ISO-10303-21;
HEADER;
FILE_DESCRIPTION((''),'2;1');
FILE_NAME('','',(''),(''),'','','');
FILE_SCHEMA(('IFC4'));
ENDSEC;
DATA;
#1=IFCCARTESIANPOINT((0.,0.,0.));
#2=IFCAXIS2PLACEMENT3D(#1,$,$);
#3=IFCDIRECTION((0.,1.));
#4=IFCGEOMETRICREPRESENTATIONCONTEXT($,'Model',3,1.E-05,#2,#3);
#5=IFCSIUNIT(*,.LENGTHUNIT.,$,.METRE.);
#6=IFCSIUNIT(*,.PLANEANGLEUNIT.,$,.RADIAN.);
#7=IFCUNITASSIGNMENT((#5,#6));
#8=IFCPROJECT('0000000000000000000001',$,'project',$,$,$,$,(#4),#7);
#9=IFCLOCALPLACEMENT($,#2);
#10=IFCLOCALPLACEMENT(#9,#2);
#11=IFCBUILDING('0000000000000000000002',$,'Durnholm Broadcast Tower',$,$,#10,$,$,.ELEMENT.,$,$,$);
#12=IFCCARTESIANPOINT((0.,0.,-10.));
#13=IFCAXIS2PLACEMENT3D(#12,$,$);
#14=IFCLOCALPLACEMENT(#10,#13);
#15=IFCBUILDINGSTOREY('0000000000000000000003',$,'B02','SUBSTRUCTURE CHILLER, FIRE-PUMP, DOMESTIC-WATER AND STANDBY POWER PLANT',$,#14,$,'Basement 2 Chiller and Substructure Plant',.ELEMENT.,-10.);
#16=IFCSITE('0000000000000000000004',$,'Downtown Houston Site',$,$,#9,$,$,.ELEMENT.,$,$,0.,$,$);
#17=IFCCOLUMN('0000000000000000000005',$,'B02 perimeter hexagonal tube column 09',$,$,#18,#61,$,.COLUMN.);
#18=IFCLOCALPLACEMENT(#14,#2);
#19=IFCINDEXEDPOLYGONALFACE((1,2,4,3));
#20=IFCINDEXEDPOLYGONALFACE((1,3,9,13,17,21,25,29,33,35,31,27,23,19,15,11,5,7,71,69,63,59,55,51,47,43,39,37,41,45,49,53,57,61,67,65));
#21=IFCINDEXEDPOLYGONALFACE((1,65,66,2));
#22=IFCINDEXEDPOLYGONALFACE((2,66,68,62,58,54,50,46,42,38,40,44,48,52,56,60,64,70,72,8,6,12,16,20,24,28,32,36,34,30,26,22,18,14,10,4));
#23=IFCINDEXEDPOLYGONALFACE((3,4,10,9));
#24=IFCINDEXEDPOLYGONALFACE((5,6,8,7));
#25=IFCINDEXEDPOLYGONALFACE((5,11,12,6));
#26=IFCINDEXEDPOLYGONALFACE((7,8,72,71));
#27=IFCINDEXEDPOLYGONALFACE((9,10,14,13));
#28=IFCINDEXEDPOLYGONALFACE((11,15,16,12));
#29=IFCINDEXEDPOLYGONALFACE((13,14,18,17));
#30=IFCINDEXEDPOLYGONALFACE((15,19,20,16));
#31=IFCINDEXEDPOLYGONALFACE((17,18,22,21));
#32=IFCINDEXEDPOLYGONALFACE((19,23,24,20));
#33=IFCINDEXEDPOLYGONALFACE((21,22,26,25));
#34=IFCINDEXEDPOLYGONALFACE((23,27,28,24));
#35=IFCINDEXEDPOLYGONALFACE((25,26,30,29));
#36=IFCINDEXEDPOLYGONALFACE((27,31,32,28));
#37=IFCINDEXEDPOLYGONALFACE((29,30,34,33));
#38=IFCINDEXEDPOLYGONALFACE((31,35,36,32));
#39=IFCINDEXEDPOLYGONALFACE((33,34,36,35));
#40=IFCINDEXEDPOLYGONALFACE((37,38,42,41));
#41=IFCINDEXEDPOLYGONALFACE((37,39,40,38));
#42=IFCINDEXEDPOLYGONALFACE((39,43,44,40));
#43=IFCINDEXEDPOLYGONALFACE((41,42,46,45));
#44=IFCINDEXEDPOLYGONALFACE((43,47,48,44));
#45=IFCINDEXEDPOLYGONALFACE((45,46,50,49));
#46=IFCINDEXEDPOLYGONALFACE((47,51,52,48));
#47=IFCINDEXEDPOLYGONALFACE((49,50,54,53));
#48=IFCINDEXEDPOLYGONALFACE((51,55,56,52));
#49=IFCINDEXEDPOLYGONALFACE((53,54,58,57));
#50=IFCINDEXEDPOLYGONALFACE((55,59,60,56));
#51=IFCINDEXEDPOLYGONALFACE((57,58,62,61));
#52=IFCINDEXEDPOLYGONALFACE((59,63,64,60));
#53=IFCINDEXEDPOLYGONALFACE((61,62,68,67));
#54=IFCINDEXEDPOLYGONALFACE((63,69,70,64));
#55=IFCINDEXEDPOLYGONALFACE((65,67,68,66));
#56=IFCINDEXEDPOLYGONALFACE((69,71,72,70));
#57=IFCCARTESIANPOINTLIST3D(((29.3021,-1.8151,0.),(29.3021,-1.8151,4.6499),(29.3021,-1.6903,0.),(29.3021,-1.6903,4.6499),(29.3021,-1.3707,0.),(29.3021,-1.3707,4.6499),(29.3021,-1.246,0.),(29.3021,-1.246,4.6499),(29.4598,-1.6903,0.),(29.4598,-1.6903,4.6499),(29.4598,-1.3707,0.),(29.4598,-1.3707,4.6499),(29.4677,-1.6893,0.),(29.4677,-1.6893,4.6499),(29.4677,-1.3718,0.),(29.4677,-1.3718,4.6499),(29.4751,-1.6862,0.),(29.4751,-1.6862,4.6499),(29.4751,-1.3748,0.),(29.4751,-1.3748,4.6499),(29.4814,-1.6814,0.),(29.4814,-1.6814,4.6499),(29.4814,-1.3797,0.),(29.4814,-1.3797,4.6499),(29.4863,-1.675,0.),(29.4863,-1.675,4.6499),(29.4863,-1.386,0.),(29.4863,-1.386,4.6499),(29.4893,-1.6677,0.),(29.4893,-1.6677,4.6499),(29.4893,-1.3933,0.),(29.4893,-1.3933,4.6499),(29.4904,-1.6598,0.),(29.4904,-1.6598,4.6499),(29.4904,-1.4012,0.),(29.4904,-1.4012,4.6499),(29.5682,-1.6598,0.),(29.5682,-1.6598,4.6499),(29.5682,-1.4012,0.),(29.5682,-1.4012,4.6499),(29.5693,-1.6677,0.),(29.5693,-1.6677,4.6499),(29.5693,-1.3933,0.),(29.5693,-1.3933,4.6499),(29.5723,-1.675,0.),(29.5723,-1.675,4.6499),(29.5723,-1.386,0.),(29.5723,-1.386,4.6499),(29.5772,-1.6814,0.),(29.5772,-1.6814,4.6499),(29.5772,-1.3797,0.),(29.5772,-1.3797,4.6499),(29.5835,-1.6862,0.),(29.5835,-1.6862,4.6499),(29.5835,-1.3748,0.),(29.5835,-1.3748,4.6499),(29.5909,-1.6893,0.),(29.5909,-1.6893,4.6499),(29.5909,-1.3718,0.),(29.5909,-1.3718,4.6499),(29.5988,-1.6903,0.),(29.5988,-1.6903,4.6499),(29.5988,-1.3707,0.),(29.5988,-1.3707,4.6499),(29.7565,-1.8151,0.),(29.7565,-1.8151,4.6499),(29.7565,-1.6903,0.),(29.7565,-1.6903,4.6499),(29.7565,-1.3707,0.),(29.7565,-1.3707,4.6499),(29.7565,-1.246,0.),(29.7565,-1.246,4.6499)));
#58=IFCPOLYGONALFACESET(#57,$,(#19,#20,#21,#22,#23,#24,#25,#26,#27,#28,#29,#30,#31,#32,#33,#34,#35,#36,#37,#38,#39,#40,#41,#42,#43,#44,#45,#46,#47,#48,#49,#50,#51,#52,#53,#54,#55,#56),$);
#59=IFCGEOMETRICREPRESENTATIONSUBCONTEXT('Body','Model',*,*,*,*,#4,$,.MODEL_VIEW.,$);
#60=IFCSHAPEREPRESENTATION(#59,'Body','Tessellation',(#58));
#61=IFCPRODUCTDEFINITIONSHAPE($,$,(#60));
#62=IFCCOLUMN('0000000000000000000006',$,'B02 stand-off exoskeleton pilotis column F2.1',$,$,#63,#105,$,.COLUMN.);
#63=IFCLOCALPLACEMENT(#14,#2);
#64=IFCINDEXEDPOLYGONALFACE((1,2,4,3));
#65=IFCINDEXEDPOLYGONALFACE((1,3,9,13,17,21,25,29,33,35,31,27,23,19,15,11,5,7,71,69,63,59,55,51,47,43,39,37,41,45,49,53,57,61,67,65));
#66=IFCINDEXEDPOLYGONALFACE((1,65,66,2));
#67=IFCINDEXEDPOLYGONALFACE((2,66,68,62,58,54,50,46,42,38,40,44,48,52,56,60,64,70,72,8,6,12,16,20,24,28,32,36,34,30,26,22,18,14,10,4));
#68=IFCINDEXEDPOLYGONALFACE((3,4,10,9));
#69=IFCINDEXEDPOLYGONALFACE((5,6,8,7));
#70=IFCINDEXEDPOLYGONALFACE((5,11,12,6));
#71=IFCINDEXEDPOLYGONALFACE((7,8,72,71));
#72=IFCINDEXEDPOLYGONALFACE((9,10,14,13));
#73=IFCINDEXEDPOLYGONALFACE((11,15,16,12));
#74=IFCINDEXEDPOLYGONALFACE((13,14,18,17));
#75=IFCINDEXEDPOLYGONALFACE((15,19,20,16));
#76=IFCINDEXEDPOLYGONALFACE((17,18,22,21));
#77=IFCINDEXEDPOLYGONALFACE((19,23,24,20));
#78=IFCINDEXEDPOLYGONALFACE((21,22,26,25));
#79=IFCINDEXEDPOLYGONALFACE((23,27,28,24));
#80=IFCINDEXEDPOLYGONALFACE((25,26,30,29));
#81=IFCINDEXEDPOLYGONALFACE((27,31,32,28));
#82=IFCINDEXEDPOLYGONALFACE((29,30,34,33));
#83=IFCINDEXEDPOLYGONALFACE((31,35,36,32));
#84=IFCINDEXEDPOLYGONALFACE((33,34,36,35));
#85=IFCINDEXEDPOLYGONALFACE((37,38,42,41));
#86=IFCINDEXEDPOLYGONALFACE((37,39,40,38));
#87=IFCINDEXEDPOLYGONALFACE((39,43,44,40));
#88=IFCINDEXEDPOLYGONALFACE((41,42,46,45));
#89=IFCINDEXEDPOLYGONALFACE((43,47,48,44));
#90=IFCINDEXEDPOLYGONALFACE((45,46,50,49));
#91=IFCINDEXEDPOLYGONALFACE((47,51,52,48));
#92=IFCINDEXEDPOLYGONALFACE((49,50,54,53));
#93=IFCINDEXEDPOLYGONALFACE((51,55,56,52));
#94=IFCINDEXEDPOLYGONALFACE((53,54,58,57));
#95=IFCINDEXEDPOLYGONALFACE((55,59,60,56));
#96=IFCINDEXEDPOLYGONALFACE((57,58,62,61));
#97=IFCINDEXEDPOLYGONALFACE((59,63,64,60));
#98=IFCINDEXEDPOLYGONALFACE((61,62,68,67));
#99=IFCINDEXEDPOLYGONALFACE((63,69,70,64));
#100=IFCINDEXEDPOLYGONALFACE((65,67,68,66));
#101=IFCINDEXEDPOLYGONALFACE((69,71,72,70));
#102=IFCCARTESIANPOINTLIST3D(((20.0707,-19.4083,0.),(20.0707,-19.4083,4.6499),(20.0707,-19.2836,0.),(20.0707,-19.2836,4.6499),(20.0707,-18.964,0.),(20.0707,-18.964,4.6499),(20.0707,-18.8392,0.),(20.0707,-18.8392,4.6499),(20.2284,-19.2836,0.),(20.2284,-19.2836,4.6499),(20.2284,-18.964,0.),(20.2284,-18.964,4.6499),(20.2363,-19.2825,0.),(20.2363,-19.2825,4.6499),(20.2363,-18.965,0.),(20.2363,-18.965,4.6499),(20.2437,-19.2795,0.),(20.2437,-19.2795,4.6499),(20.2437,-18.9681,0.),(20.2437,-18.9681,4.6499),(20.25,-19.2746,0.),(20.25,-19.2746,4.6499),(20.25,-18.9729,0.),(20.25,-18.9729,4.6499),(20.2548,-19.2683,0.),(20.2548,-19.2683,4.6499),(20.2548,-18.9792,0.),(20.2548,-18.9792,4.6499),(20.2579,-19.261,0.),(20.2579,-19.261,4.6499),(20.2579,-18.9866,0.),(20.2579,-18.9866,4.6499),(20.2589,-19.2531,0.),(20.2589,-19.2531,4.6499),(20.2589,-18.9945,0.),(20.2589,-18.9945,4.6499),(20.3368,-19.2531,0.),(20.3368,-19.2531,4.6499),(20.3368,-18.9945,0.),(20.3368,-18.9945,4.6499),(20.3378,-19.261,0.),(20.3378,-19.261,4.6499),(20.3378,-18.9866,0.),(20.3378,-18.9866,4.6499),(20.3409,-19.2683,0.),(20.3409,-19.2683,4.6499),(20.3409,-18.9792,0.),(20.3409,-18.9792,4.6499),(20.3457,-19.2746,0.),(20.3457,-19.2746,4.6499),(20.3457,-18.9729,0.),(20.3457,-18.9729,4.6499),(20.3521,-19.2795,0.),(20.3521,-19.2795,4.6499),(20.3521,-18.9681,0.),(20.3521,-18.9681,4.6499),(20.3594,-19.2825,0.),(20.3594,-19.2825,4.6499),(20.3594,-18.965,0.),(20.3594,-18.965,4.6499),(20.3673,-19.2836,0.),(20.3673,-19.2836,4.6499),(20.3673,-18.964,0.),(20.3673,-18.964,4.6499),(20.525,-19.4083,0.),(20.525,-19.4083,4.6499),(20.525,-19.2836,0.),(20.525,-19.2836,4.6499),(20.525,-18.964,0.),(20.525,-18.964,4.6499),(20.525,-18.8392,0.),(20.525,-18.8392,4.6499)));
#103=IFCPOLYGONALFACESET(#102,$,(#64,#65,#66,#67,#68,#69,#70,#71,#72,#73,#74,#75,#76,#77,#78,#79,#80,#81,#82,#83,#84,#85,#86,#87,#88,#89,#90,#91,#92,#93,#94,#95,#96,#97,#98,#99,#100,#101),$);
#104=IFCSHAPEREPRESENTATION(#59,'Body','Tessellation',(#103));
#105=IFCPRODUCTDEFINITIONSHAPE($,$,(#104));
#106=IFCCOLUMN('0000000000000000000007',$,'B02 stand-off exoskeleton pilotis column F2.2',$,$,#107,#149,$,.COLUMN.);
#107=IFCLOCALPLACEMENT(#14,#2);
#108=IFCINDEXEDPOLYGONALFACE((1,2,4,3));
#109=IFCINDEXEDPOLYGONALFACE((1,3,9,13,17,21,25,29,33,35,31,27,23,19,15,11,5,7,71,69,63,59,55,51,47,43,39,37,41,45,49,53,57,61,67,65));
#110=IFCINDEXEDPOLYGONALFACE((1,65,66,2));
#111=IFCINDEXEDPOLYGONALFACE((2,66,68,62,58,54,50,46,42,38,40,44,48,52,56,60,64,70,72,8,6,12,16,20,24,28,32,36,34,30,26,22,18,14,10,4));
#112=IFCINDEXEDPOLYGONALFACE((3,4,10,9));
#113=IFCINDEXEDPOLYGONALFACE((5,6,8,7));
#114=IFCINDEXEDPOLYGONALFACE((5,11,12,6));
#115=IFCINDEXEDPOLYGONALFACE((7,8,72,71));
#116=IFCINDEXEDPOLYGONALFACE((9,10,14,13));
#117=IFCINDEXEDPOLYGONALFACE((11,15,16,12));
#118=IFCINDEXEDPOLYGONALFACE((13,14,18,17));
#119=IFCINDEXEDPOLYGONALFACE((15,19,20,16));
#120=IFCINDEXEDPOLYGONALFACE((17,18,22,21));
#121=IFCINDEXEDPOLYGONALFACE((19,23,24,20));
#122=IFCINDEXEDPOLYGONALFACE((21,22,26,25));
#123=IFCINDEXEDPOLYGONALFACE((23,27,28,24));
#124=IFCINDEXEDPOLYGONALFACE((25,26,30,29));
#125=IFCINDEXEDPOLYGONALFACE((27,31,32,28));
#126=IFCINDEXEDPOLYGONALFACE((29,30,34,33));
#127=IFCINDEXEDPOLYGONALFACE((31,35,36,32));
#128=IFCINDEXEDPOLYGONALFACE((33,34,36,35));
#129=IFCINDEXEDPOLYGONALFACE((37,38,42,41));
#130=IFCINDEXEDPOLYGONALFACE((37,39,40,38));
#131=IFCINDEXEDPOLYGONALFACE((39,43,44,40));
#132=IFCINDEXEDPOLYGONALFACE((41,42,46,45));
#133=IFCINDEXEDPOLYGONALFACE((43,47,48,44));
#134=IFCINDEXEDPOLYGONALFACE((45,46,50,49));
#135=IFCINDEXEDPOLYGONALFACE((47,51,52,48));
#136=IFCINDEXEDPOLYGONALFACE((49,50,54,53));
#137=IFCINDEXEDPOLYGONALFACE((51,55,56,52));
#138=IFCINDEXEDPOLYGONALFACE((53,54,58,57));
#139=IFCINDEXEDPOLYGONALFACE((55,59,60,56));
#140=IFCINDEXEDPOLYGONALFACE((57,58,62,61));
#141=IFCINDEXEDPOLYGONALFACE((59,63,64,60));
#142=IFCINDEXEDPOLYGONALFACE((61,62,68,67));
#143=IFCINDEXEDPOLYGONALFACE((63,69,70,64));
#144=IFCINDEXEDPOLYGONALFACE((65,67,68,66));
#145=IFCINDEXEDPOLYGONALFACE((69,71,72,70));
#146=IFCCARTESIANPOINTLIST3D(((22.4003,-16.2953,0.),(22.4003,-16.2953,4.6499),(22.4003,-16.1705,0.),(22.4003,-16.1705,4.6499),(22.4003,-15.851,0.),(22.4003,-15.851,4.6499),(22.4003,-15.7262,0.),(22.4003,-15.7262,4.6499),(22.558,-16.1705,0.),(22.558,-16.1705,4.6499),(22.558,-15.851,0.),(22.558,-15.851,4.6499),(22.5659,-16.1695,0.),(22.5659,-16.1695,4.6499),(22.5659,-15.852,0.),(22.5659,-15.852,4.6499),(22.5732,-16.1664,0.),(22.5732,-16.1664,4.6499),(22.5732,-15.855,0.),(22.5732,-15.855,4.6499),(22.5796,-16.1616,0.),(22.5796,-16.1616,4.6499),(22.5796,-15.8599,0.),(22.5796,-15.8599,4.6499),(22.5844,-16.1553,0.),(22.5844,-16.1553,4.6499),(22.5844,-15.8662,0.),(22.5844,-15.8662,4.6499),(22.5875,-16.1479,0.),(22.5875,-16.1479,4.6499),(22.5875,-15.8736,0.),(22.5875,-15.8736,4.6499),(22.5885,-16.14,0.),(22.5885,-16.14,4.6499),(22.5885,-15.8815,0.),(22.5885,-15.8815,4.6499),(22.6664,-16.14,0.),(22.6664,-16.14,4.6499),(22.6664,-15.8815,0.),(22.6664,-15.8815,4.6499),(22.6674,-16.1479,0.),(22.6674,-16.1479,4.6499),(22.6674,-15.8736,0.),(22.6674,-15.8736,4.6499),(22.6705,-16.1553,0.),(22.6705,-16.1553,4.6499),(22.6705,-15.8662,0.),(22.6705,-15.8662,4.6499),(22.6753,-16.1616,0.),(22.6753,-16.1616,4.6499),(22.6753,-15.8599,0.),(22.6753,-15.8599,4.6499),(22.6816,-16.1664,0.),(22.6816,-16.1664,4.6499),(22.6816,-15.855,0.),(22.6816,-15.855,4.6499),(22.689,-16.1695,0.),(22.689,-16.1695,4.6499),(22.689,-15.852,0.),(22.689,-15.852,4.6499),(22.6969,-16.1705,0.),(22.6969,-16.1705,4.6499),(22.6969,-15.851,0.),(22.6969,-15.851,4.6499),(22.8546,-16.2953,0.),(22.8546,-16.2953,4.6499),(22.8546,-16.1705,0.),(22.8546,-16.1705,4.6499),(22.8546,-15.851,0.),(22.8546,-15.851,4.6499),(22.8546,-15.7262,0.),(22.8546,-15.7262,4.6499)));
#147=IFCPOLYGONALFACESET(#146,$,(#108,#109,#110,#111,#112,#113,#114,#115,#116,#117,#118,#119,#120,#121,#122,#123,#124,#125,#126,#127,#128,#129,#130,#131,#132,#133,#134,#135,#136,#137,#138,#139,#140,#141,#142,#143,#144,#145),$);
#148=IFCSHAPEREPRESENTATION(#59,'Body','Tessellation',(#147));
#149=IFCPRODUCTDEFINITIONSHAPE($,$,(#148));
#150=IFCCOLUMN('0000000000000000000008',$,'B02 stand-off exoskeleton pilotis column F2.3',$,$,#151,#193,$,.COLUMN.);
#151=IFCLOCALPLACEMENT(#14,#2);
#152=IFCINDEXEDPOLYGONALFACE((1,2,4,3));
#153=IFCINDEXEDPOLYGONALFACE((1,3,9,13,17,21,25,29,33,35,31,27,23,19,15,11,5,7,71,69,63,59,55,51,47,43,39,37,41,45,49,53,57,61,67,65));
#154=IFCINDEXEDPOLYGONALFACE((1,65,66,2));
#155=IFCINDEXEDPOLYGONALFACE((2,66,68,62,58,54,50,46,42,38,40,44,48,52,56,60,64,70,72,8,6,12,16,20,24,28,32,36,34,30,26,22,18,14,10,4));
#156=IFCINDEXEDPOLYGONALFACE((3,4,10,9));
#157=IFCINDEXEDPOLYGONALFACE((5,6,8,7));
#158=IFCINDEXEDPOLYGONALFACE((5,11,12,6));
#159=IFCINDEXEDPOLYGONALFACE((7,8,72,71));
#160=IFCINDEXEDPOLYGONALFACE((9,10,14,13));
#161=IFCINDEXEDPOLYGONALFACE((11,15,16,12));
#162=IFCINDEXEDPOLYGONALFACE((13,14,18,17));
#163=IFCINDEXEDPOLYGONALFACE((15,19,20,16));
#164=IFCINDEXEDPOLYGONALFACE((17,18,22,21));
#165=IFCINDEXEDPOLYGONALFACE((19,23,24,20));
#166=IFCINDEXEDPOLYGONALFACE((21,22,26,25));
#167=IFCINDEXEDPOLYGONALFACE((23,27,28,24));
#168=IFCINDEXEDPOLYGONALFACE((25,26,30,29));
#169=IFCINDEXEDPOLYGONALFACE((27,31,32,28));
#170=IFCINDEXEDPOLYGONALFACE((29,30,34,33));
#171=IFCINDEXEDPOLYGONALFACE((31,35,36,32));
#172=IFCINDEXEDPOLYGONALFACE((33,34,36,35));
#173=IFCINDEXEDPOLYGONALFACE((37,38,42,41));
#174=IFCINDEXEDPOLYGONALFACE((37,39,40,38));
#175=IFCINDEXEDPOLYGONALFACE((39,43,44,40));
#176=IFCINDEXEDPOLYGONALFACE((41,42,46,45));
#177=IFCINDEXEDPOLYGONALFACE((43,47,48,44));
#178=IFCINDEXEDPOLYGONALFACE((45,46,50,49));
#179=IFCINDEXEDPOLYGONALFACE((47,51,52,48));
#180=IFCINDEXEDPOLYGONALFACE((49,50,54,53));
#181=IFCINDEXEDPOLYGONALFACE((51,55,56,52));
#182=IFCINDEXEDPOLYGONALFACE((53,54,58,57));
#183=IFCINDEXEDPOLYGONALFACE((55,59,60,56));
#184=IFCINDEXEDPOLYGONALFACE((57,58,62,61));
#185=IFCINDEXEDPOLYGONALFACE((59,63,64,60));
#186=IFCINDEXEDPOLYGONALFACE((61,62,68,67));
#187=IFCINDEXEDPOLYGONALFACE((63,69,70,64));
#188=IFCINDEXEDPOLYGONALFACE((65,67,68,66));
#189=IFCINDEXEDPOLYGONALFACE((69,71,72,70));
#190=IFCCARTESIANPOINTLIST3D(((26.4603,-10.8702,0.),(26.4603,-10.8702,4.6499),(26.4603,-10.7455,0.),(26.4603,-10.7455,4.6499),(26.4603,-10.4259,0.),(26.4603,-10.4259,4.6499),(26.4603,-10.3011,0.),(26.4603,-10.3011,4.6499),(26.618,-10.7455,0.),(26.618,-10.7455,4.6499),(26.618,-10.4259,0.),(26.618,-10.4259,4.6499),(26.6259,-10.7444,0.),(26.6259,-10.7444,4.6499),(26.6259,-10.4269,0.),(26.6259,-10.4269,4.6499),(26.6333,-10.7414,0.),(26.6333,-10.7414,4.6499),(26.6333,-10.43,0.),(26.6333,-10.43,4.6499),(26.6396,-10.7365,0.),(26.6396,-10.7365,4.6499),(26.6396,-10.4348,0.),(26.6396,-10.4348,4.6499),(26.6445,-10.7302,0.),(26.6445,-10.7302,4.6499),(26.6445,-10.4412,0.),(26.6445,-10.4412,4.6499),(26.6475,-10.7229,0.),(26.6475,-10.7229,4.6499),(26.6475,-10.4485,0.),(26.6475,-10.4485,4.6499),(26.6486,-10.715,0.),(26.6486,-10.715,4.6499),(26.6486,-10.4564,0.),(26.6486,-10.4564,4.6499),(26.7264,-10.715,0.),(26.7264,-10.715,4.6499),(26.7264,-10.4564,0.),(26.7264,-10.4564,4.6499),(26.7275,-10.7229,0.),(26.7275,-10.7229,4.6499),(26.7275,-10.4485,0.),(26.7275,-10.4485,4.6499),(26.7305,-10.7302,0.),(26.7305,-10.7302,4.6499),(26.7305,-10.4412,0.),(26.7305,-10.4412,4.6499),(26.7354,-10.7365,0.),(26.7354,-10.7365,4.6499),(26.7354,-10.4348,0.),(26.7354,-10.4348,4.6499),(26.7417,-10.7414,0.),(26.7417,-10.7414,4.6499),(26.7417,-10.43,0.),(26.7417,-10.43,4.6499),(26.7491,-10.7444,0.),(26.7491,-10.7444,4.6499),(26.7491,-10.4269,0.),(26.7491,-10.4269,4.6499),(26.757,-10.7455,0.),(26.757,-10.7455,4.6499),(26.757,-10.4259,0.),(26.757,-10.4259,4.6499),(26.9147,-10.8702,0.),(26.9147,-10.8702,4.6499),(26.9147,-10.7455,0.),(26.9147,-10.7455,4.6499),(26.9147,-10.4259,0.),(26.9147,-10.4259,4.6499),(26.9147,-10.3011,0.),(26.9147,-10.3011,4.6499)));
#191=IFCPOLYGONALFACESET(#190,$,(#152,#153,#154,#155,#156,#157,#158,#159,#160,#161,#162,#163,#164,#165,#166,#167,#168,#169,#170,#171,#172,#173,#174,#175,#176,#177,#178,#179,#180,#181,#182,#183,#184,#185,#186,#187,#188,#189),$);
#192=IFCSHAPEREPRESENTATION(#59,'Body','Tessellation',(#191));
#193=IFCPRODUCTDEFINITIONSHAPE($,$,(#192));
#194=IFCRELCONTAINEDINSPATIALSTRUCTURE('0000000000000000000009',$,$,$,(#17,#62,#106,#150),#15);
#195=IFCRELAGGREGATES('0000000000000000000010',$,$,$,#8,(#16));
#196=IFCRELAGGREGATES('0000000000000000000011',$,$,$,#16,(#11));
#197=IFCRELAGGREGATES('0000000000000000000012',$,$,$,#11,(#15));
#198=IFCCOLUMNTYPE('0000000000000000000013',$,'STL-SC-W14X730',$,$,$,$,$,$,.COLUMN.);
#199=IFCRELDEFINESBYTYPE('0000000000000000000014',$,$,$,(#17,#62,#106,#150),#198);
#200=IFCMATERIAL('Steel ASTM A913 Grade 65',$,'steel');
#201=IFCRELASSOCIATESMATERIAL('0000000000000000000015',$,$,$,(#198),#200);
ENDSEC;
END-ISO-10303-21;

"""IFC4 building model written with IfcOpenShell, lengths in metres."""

from ifc_helpers import new_model, si_unit, direction, frame, origin, origin_2d, place, context, subcontext, project, spatial, i_section, extrude, source, transform, mapped, material, material_profile, profile_set, type_object, type_shapes, element, save


model = new_model("IFC4")

# Units and contexts
model_context = context("Model", 3, precision=1e-05, world=origin(), true_north=direction((0.0, 1.0)))
body_context = subcontext(model_context, "Body", "Model", "MODEL_VIEW")
ifc_project = project(units=[si_unit("LENGTHUNIT", "METRE"), si_unit("PLANEANGLEUNIT", "RADIAN")], contexts=[model_context])

# Site, building, storey
site_placement = place(None, origin())
site = spatial("IfcSite", under=ifc_project, at=site_placement, Name="Downtown Houston Site", CompositionType="ELEMENT", RefElevation=0.0)
building_placement = place(site_placement, origin())
building = spatial("IfcBuilding", under=site, at=building_placement, Name="Durnholm Broadcast Tower", CompositionType="ELEMENT")
storey_placement = place(building_placement, frame((0.0, 0.0, -10.0)))
storey = spatial("IfcBuildingStorey", under=building, at=storey_placement, Name="B02", Description="SUBSTRUCTURE CHILLER, FIRE-PUMP, DOMESTIC-WATER AND STANDBY POWER PLANT", LongName="Basement 2 Chiller and Substructure Plant", CompositionType="ELEMENT", Elevation=-10.0)

# Columns
ifc_material_1 = material(Name="Steel ASTM A913 Grade 65", Category="steel")
ifc_material_profile_1 = material_profile(ifc_material_1, i_section(OverallWidth=0.4543, OverallDepth=0.5691, WebThickness=0.0779, FlangeThickness=0.1248, FilletRadius=0.0305, at=origin_2d()), Name="W14X730")
ifc_profile_set_1 = profile_set([ifc_material_profile_1], Name="Steel ASTM A913 Grade 65")
column_type = type_object("IfcColumnType", Name="STL-SC-W14X730", PredefinedType="COLUMN", material=ifc_profile_set_1)
shared_shape_1 = source(origin(), body_context, "Body", "SweptSolid", [
    extrude(i_section(OverallWidth=0.4543, OverallDepth=0.5691, WebThickness=0.0779, FlangeThickness=0.1248, FilletRadius=0.0305, at=origin_2d()), origin(), (0.0, 0.0, 1.0), 4.6499),
])
type_shapes(column_type, [shared_shape_1])
for number, where, z_axis, x_axis, name in (
    (1, (29.5293, -1.5305, 0.0), (0.0, 0.0, 1.0), (1.0, 0.0, 0.0), "B02 perimeter hexagonal tube column 09"),
    (2, (20.2979, -19.1238, 0.0), (0.0, 0.0, 1.0), (1.0, 0.0, 0.0), "B02 stand-off exoskeleton pilotis column F2.1"),
    (3, (22.6274, -16.0107, 0.0), (0.0, 0.0, 1.0), (1.0, 0.0, 0.0), "B02 stand-off exoskeleton pilotis column F2.2"),
    (4, (26.6875, -10.5857, 0.0), (0.0, 0.0, 1.0), (1.0, 0.0, 0.0), "B02 stand-off exoskeleton pilotis column F2.3"),
):
    element("IfcColumn", number, at=place(storey_placement, frame(where, z_axis=z_axis, x_axis=x_axis)), inside=storey, type_object=column_type, Name=name, PredefinedType="COLUMN", context=body_context, shape_type="MappedRepresentation", body=[
        mapped(shared_shape_1, transform((0.0, 0.0, 0.0), x_axis=(1.0, 0.0, 0.0), y_axis=(0.0, 1.0, 0.0), z_axis=(0.0, 0.0, 1.0), scale=1.0)),
    ])

save(model, "model.ifc")
